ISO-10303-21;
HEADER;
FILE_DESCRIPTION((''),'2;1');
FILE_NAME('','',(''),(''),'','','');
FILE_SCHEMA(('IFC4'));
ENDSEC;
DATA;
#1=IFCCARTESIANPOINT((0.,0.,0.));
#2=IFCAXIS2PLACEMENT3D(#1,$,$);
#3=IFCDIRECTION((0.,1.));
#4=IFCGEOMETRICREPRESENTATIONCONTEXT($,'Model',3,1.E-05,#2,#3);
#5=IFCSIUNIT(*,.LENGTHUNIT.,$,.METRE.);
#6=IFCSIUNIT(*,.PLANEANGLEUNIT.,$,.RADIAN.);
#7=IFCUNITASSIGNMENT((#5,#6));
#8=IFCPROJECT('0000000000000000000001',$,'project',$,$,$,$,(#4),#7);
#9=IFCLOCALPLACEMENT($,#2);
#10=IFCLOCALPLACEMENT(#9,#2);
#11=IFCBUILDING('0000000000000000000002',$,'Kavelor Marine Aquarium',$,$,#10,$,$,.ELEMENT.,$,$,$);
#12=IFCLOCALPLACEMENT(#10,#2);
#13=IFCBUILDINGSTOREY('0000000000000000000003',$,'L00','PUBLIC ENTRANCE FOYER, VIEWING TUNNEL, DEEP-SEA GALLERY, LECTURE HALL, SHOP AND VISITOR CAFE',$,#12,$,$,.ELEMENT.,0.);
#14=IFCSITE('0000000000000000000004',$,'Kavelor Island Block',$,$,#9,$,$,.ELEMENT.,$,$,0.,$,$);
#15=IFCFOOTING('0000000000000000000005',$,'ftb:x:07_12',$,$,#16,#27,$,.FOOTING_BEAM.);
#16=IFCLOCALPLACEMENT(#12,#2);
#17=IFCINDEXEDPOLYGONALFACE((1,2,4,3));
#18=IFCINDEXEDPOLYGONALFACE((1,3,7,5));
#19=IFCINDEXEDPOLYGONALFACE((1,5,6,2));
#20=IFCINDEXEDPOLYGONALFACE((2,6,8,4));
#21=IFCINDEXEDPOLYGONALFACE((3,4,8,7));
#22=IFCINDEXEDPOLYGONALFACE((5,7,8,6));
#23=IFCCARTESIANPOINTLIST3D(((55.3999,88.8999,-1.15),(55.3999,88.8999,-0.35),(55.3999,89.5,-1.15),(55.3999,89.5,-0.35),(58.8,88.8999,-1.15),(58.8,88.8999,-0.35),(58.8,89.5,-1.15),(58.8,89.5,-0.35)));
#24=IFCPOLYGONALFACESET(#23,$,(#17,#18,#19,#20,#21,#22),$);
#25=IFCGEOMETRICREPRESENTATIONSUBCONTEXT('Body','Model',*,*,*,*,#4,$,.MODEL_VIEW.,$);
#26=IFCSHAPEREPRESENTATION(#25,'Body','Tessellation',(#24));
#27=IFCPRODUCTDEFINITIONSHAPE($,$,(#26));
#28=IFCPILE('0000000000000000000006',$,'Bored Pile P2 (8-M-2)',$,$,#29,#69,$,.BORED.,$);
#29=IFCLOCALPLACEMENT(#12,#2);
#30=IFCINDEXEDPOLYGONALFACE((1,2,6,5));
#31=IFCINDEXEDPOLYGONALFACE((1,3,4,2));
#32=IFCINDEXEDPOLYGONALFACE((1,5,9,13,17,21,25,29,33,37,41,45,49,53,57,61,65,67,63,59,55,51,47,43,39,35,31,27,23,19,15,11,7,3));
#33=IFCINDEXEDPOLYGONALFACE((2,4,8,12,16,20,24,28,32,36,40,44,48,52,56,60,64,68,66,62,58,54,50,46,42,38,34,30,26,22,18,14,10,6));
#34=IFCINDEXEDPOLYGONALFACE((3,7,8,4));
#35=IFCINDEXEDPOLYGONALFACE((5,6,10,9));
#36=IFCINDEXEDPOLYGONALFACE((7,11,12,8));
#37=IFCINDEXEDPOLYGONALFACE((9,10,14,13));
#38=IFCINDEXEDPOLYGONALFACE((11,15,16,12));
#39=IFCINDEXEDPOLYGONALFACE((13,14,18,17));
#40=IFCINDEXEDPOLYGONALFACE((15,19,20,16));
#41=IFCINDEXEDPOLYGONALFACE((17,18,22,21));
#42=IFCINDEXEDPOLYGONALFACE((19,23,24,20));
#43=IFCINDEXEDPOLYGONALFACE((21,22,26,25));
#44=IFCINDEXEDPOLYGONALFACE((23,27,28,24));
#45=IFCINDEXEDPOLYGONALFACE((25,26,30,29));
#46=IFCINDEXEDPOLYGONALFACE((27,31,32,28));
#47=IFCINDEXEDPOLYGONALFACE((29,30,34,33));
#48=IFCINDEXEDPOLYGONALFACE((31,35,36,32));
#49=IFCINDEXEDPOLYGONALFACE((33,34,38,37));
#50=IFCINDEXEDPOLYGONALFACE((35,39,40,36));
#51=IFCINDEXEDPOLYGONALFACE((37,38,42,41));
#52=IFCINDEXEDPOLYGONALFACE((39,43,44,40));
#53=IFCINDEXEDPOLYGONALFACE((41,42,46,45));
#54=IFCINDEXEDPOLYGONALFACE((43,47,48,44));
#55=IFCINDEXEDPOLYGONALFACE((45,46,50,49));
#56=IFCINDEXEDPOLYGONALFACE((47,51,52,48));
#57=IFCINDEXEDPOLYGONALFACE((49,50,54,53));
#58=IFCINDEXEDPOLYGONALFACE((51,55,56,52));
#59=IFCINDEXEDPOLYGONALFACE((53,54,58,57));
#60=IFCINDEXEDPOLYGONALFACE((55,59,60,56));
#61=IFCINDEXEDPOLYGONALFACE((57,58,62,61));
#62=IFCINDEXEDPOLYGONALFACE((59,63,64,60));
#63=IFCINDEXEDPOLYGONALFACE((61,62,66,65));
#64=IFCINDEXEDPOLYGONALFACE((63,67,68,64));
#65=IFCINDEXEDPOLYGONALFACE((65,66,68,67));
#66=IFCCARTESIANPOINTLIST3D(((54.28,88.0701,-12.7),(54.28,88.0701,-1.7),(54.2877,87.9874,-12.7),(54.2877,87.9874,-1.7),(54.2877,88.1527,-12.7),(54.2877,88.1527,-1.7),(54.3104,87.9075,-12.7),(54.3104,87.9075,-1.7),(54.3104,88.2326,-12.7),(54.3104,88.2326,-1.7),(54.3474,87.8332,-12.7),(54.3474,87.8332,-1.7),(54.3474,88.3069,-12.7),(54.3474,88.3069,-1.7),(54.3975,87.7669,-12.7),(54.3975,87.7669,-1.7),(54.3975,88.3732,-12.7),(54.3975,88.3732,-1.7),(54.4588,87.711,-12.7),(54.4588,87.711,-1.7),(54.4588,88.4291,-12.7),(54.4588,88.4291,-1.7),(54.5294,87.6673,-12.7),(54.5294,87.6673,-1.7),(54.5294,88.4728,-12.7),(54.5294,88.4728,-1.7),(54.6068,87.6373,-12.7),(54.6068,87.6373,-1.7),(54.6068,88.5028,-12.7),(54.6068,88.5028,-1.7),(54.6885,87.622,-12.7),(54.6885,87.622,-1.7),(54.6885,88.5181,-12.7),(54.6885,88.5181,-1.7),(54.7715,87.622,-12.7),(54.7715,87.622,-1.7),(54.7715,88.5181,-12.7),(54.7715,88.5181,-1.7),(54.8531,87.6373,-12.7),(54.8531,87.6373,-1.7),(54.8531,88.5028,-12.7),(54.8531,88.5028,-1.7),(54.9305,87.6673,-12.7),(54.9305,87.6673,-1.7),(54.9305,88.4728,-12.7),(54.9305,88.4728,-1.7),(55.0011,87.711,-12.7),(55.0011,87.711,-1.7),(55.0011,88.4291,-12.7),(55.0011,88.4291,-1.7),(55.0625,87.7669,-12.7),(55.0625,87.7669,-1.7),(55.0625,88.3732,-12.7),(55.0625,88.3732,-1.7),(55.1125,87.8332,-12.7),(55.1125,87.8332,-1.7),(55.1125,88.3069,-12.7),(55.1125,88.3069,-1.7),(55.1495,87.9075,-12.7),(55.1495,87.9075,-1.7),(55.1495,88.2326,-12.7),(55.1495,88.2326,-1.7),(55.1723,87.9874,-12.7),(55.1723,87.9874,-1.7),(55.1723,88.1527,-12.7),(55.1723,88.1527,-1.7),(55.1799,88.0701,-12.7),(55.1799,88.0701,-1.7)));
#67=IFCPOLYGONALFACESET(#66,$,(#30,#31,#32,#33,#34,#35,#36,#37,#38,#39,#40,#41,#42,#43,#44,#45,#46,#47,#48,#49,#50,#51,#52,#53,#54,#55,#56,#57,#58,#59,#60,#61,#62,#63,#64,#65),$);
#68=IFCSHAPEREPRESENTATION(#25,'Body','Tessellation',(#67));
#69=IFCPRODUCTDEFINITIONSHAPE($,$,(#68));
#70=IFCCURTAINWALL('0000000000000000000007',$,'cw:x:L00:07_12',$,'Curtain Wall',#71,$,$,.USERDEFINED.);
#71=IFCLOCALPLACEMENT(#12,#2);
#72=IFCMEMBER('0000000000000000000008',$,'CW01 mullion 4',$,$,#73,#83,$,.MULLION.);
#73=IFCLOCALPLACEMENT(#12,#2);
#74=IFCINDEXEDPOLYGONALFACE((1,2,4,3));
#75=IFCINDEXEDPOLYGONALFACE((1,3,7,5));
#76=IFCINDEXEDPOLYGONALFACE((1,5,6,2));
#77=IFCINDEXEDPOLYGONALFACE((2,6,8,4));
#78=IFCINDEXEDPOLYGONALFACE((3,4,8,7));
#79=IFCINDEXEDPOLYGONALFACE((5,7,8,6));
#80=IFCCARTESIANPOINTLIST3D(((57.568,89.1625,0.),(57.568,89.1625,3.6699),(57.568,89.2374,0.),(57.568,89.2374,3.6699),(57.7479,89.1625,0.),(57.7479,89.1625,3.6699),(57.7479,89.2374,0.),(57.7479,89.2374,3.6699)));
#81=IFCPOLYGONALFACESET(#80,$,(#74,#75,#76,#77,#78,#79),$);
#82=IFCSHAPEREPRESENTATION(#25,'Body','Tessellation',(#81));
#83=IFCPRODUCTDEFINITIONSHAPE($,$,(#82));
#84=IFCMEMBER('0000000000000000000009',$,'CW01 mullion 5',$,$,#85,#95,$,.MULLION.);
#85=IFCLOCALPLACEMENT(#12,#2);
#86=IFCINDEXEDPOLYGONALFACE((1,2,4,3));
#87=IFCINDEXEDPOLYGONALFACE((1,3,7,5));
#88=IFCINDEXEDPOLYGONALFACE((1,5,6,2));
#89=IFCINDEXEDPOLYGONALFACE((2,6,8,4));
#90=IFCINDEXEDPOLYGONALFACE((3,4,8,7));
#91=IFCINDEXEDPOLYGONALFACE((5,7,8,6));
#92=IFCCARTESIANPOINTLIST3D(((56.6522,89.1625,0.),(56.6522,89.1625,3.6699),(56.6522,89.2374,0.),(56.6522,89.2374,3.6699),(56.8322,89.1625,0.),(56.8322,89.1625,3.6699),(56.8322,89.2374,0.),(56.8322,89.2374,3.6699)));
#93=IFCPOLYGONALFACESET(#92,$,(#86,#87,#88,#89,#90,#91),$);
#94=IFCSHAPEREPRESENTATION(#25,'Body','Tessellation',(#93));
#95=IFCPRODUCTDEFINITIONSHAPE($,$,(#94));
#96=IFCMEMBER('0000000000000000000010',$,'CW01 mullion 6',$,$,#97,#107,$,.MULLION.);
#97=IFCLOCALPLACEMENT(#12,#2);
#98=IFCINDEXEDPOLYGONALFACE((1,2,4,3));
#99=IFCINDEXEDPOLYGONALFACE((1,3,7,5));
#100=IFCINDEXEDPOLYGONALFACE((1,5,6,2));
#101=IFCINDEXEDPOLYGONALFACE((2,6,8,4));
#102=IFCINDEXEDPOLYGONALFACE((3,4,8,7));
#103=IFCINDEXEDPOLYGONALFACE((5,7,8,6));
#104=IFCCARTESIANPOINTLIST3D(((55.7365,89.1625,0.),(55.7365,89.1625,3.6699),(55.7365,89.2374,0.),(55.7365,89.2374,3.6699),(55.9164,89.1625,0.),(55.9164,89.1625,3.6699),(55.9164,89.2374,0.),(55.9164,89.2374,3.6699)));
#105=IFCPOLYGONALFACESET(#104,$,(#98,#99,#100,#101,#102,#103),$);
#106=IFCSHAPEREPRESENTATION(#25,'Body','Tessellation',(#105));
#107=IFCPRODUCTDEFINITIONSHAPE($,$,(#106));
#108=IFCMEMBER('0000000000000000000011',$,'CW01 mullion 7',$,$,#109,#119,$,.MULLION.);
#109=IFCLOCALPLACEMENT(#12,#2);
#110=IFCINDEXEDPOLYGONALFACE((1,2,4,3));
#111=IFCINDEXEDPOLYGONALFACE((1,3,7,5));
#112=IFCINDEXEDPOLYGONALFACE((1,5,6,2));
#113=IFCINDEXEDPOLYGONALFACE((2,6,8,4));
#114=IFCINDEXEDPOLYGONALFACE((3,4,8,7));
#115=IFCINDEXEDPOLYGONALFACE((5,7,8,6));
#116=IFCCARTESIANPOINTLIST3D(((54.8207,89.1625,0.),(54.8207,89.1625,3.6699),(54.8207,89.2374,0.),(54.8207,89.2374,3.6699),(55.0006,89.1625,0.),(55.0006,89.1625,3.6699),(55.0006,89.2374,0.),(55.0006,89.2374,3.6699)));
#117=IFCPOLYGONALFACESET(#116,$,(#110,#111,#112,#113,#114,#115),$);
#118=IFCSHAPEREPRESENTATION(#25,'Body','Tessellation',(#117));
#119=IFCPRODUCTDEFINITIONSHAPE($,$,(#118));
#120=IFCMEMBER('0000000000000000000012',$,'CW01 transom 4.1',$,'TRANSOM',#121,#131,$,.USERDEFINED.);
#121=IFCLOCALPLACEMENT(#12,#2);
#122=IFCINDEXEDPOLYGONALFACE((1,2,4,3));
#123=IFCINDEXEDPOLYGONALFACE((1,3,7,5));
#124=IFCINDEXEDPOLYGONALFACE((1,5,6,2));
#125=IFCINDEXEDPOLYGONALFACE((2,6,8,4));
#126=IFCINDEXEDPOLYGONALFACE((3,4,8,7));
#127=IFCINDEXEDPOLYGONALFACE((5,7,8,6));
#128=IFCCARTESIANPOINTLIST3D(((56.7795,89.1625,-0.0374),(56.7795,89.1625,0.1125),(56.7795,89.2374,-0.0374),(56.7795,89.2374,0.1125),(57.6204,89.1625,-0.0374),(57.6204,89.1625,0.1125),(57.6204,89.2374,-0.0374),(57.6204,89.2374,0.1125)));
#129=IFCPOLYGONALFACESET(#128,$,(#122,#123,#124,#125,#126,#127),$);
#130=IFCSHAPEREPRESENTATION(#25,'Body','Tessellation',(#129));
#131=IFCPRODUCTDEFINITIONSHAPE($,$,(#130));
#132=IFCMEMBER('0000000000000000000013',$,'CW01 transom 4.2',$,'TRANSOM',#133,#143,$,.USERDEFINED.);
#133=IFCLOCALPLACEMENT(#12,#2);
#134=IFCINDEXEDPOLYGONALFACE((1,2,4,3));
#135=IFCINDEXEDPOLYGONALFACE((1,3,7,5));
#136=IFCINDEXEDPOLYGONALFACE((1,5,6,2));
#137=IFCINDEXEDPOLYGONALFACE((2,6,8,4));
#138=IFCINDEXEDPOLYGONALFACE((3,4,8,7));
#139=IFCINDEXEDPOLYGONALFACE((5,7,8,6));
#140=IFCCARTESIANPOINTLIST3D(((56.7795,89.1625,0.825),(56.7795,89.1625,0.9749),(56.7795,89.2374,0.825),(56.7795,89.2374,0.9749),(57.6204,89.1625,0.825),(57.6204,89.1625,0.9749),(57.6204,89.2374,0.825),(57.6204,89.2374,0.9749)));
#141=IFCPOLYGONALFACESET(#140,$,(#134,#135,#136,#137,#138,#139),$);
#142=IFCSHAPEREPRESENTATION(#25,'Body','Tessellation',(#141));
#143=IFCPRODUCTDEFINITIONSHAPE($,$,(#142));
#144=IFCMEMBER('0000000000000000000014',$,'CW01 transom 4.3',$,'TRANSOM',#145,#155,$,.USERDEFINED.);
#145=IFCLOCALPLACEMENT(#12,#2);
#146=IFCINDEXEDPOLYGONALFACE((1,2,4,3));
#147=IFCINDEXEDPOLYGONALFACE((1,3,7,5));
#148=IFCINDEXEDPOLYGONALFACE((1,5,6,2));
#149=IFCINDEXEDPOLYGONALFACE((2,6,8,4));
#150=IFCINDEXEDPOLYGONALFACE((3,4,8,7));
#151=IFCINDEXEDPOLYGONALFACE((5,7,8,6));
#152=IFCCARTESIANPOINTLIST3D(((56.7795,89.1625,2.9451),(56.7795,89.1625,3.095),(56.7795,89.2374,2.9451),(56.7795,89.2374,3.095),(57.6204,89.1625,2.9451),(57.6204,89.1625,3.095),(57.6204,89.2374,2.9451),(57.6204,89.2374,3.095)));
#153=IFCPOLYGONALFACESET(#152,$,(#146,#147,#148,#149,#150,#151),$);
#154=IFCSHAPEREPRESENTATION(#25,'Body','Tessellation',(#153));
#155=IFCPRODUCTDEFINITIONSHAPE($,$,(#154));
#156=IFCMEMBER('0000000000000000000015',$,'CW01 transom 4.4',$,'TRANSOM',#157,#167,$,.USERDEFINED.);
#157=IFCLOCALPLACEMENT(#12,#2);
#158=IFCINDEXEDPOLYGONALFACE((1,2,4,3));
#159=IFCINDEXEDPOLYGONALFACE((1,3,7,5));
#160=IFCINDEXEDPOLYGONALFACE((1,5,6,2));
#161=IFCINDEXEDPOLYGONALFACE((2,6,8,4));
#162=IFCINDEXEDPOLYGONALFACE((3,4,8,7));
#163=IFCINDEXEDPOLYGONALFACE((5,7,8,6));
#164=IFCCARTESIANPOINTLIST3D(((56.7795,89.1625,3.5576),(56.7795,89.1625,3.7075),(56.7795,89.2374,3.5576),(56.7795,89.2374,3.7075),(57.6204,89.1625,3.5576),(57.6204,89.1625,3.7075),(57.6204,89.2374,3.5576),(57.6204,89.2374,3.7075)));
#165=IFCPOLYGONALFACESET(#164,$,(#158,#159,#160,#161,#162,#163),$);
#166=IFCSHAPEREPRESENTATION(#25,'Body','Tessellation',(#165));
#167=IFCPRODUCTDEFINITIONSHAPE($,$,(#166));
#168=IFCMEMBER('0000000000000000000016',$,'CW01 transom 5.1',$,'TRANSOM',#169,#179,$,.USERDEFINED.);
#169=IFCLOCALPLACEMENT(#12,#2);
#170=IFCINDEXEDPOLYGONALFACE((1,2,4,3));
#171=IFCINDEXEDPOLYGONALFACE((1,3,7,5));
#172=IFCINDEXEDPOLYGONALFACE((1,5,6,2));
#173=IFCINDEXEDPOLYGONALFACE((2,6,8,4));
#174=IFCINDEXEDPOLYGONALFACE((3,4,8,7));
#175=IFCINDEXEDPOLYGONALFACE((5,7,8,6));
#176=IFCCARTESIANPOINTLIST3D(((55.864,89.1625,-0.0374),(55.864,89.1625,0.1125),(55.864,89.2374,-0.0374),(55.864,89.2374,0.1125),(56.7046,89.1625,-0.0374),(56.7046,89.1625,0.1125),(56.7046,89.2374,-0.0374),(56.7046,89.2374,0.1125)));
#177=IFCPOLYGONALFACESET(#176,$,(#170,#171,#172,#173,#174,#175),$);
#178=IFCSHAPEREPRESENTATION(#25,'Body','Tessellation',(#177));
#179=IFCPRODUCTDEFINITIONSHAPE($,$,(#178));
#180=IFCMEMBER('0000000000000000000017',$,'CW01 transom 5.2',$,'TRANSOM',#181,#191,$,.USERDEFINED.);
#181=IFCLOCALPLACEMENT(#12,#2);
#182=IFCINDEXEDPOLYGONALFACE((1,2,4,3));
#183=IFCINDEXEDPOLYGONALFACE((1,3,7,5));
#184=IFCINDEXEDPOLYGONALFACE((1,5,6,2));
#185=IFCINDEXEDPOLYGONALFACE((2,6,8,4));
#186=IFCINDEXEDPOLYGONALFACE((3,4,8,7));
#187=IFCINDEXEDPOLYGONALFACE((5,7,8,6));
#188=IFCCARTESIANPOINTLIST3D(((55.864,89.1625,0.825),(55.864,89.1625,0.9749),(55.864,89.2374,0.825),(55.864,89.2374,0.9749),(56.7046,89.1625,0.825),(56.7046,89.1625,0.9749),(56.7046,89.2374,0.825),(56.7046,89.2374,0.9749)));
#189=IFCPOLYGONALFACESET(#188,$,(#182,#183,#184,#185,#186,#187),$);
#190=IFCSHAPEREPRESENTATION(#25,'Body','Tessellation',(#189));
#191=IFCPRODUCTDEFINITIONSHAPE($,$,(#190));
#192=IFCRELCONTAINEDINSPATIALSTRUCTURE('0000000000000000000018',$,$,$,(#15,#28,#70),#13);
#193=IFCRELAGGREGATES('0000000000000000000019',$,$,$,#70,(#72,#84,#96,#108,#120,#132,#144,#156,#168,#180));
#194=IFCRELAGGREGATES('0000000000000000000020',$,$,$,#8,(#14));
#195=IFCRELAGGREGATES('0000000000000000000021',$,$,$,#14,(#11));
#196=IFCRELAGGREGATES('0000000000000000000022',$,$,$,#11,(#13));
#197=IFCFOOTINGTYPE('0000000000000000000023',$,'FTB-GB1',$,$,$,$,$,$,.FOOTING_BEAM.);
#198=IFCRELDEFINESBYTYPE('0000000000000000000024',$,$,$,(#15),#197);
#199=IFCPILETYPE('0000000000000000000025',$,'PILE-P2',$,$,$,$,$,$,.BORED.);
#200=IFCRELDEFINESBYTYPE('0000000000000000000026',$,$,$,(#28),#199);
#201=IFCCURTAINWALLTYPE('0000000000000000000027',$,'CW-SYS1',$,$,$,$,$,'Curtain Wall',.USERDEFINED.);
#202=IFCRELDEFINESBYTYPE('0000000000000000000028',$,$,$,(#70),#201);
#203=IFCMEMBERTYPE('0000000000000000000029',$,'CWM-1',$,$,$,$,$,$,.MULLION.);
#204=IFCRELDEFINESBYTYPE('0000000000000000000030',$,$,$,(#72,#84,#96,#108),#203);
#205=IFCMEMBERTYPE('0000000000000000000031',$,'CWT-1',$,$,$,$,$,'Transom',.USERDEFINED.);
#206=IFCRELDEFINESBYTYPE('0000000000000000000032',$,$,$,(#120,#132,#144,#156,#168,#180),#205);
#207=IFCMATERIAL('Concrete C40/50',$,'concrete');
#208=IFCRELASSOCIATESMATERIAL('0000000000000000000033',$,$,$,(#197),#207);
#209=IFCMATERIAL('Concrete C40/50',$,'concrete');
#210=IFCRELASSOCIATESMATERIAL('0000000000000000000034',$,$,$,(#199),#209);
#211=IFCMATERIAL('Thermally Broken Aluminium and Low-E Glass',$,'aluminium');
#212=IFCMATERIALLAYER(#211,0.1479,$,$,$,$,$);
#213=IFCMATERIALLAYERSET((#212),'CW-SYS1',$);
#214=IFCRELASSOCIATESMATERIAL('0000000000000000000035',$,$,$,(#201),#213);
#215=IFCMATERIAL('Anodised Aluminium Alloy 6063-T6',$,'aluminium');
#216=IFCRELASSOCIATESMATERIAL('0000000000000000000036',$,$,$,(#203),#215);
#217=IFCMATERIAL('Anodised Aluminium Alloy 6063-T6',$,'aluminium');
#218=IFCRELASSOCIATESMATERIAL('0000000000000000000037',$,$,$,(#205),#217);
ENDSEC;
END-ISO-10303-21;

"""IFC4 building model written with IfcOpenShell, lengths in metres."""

from ifc_helpers import new_model, si_unit, direction, frame, origin, origin_2d, place, context, subcontext, project, spatial, rectangle, circle, extrude, material, layer, layer_set, material_profile, profile_set, type_object, element, aggregate, save


model = new_model("IFC4")

# Units and contexts
model_context = context("Model", 3, precision=1e-05, world=origin(), true_north=direction((0.0, 1.0)))
body_context = subcontext(model_context, "Body", "Model", "MODEL_VIEW")
ifc_project = project(units=[si_unit("LENGTHUNIT", "METRE"), si_unit("PLANEANGLEUNIT", "RADIAN")], contexts=[model_context])

# Site, building, storey
site_placement = place(None, origin())
site = spatial("IfcSite", under=ifc_project, at=site_placement, Name="Kavelor Island Block", CompositionType="ELEMENT", RefElevation=0.0)
building_placement = place(site_placement, origin())
building = spatial("IfcBuilding", under=site, at=building_placement, Name="Kavelor Marine Aquarium", CompositionType="ELEMENT")
storey_placement = place(building_placement, origin())
storey = spatial("IfcBuildingStorey", under=building, at=storey_placement, Name="L00", Description="PUBLIC ENTRANCE FOYER, VIEWING TUNNEL, DEEP-SEA GALLERY, LECTURE HALL, SHOP AND VISITOR CAFE", CompositionType="ELEMENT", Elevation=0.0)

# Footing
ifc_material_1 = material(Name="Concrete C40/50", Category="concrete")
ifc_material_profile_1 = material_profile(ifc_material_1, rectangle(XDim=0.6001, YDim=0.8, at=origin_2d()), Name="GB 600x800")
ifc_profile_set_1 = profile_set([ifc_material_profile_1], Name="Concrete C40/50")
footing_type = type_object("IfcFootingType", Name="FTB-GB1", PredefinedType="FOOTING_BEAM", material=ifc_profile_set_1)
footing_placement = place(storey_placement, frame((55.3999, 89.2, -0.75), z_axis=(1.0, 0.0, 0.0), x_axis=(0.0, 1.0, 0.0)))
element("IfcFooting", 1, at=footing_placement, inside=storey, type_object=footing_type, Name="ftb:x:07_12", PredefinedType="FOOTING_BEAM", context=body_context, shape_type="SweptSolid", body=[
    extrude(rectangle(XDim=0.6001, YDim=0.8, at=origin_2d()), origin(), (0.0, 0.0, 1.0), 3.4001),
])

# Pile
ifc_material_2 = material(Name="Concrete C40/50", Category="concrete")
ifc_material_profile_2 = material_profile(ifc_material_2, circle(Radius=0.45, at=origin_2d()), Name="PILE D900")
ifc_profile_set_2 = profile_set([ifc_material_profile_2], Name="Concrete C40/50")
pile_type = type_object("IfcPileType", Name="PILE-P2", PredefinedType="BORED", material=ifc_profile_set_2)
pile_placement = place(storey_placement, frame((54.73, 88.0701, -1.7), z_axis=(0.0, 0.0, -1.0), x_axis=(1.0, 0.0, 0.0)))
element("IfcPile", 2, at=pile_placement, inside=storey, type_object=pile_type, Name="Bored Pile P2 (8-M-2)", PredefinedType="BORED", context=body_context, shape_type="SweptSolid", body=[
    extrude(circle(Radius=0.45, at=origin_2d()), origin(), (0.0, 0.0, 1.0), 11.0),
])

# Curtain wall, members
ifc_material_3 = material(Name="Thermally Broken Aluminium and Low-E Glass", Category="aluminium")
ifc_layer_1 = layer(ifc_material_3, 0.1479)
ifc_layer_set_1 = layer_set([ifc_layer_1], Name="CW-SYS1")
curtain_wall_type = type_object("IfcCurtainWallType", Name="CW-SYS1", ElementType="Curtain Wall", PredefinedType="USERDEFINED", material=ifc_layer_set_1)
curtain_wall_placement = place(storey_placement, origin())
curtain_wall = element("IfcCurtainWall", 3, at=curtain_wall_placement, inside=storey, type_object=curtain_wall_type, Name="cw:x:L00:07_12", ObjectType="Curtain Wall", PredefinedType="USERDEFINED")
ifc_material_4 = material(Name="Anodised Aluminium Alloy 6063-T6", Category="aluminium")
ifc_material_profile_3 = material_profile(ifc_material_4, rectangle(XDim=0.075, YDim=0.1799, at=origin_2d()), Name="CW-MUL 75x180")
ifc_profile_set_3 = profile_set([ifc_material_profile_3], Name="Anodised Aluminium Alloy 6063-T6")
member_type_1 = type_object("IfcMemberType", Name="CWM-1", PredefinedType="MULLION", material=ifc_profile_set_3)
member_1_placement = place(storey_placement, frame((57.658, 89.2, 0.0), z_axis=(0.0, 0.0, 1.0), x_axis=(0.0, -1.0, 0.0)))
member_1 = element("IfcMember", 4, at=member_1_placement, type_object=member_type_1, Name="CW01 mullion 4", PredefinedType="MULLION", context=body_context, shape_type="SweptSolid", body=[
    extrude(rectangle(XDim=0.075, YDim=0.1799, at=origin_2d()), origin(), (0.0, 0.0, 1.0), 3.6699),
])
member_2_placement = place(storey_placement, frame((56.7422, 89.2, 0.0), z_axis=(0.0, 0.0, 1.0), x_axis=(0.0, -1.0, 0.0)))
member_2 = element("IfcMember", 5, at=member_2_placement, type_object=member_type_1, Name="CW01 mullion 5", PredefinedType="MULLION", context=body_context, shape_type="SweptSolid", body=[
    extrude(rectangle(XDim=0.075, YDim=0.1799, at=origin_2d()), origin(), (0.0, 0.0, 1.0), 3.6699),
])
member_3_placement = place(storey_placement, frame((55.8264, 89.2, 0.0), z_axis=(0.0, 0.0, 1.0), x_axis=(0.0, -1.0, 0.0)))
member_3 = element("IfcMember", 6, at=member_3_placement, type_object=member_type_1, Name="CW01 mullion 6", PredefinedType="MULLION", context=body_context, shape_type="SweptSolid", body=[
    extrude(rectangle(XDim=0.075, YDim=0.1799, at=origin_2d()), origin(), (0.0, 0.0, 1.0), 3.6699),
])
member_4_placement = place(storey_placement, frame((54.9106, 89.2, 0.0), z_axis=(0.0, 0.0, 1.0), x_axis=(0.0, -1.0, 0.0)))
member_4 = element("IfcMember", 7, at=member_4_placement, type_object=member_type_1, Name="CW01 mullion 7", PredefinedType="MULLION", context=body_context, shape_type="SweptSolid", body=[
    extrude(rectangle(XDim=0.075, YDim=0.1799, at=origin_2d()), origin(), (0.0, 0.0, 1.0), 3.6699),
])
ifc_material_5 = material(Name="Anodised Aluminium Alloy 6063-T6", Category="aluminium")
ifc_material_profile_4 = material_profile(ifc_material_5, rectangle(XDim=0.075, YDim=0.1499, at=origin_2d()), Name="CW-TRN 75x150")
ifc_profile_set_4 = profile_set([ifc_material_profile_4], Name="Anodised Aluminium Alloy 6063-T6")
member_type_2 = type_object("IfcMemberType", Name="CWT-1", ElementType="Transom", PredefinedType="USERDEFINED", material=ifc_profile_set_4)
member_5_placement = place(storey_placement, frame((57.6204, 89.2, 0.0376), z_axis=(-1.0, 0.0, 0.0), x_axis=(0.0, -1.0, 0.0)))
member_5 = element("IfcMember", 8, at=member_5_placement, type_object=member_type_2, Name="CW01 transom 4.1", ObjectType="TRANSOM", PredefinedType="USERDEFINED", context=body_context, shape_type="SweptSolid", body=[
    extrude(rectangle(XDim=0.075, YDim=0.1499, at=origin_2d()), origin(), (0.0, 0.0, 1.0), 0.8408),
])
member_6_placement = place(storey_placement, frame((57.6204, 89.2, 0.8999), z_axis=(-1.0, 0.0, 0.0), x_axis=(0.0, -1.0, 0.0)))
member_6 = element("IfcMember", 9, at=member_6_placement, type_object=member_type_2, Name="CW01 transom 4.2", ObjectType="TRANSOM", PredefinedType="USERDEFINED", context=body_context, shape_type="SweptSolid", body=[
    extrude(rectangle(XDim=0.075, YDim=0.1499, at=origin_2d()), origin(), (0.0, 0.0, 1.0), 0.8408),
])
member_7_placement = place(storey_placement, frame((57.6204, 89.2, 3.02), z_axis=(-1.0, 0.0, 0.0), x_axis=(0.0, -1.0, 0.0)))
member_7 = element("IfcMember", 10, at=member_7_placement, type_object=member_type_2, Name="CW01 transom 4.3", ObjectType="TRANSOM", PredefinedType="USERDEFINED", context=body_context, shape_type="SweptSolid", body=[
    extrude(rectangle(XDim=0.075, YDim=0.1499, at=origin_2d()), origin(), (0.0, 0.0, 1.0), 0.8408),
])
member_8_placement = place(storey_placement, frame((57.6204, 89.2, 3.6326), z_axis=(-1.0, 0.0, 0.0), x_axis=(0.0, -1.0, 0.0)))
member_8 = element("IfcMember", 11, at=member_8_placement, type_object=member_type_2, Name="CW01 transom 4.4", ObjectType="TRANSOM", PredefinedType="USERDEFINED", context=body_context, shape_type="SweptSolid", body=[
    extrude(rectangle(XDim=0.075, YDim=0.1499, at=origin_2d()), origin(), (0.0, 0.0, 1.0), 0.8408),
])
member_9_placement = place(storey_placement, frame((56.7046, 89.2, 0.0376), z_axis=(-1.0, 0.0, 0.0), x_axis=(0.0, -1.0, 0.0)))
member_9 = element("IfcMember", 12, at=member_9_placement, type_object=member_type_2, Name="CW01 transom 5.1", ObjectType="TRANSOM", PredefinedType="USERDEFINED", context=body_context, shape_type="SweptSolid", body=[
    extrude(rectangle(XDim=0.075, YDim=0.1499, at=origin_2d()), origin(), (0.0, 0.0, 1.0), 0.8406),
])
member_10_placement = place(storey_placement, frame((56.7046, 89.2, 0.8999), z_axis=(-1.0, 0.0, 0.0), x_axis=(0.0, -1.0, 0.0)))
member_10 = element("IfcMember", 13, at=member_10_placement, type_object=member_type_2, Name="CW01 transom 5.2", ObjectType="TRANSOM", PredefinedType="USERDEFINED", context=body_context, shape_type="SweptSolid", body=[
    extrude(rectangle(XDim=0.075, YDim=0.1499, at=origin_2d()), origin(), (0.0, 0.0, 1.0), 0.8406),
])
aggregate(curtain_wall, [member_1, member_2, member_3, member_4, member_5, member_6, member_7, member_8, member_9, member_10])

save(model, "model.ifc")
